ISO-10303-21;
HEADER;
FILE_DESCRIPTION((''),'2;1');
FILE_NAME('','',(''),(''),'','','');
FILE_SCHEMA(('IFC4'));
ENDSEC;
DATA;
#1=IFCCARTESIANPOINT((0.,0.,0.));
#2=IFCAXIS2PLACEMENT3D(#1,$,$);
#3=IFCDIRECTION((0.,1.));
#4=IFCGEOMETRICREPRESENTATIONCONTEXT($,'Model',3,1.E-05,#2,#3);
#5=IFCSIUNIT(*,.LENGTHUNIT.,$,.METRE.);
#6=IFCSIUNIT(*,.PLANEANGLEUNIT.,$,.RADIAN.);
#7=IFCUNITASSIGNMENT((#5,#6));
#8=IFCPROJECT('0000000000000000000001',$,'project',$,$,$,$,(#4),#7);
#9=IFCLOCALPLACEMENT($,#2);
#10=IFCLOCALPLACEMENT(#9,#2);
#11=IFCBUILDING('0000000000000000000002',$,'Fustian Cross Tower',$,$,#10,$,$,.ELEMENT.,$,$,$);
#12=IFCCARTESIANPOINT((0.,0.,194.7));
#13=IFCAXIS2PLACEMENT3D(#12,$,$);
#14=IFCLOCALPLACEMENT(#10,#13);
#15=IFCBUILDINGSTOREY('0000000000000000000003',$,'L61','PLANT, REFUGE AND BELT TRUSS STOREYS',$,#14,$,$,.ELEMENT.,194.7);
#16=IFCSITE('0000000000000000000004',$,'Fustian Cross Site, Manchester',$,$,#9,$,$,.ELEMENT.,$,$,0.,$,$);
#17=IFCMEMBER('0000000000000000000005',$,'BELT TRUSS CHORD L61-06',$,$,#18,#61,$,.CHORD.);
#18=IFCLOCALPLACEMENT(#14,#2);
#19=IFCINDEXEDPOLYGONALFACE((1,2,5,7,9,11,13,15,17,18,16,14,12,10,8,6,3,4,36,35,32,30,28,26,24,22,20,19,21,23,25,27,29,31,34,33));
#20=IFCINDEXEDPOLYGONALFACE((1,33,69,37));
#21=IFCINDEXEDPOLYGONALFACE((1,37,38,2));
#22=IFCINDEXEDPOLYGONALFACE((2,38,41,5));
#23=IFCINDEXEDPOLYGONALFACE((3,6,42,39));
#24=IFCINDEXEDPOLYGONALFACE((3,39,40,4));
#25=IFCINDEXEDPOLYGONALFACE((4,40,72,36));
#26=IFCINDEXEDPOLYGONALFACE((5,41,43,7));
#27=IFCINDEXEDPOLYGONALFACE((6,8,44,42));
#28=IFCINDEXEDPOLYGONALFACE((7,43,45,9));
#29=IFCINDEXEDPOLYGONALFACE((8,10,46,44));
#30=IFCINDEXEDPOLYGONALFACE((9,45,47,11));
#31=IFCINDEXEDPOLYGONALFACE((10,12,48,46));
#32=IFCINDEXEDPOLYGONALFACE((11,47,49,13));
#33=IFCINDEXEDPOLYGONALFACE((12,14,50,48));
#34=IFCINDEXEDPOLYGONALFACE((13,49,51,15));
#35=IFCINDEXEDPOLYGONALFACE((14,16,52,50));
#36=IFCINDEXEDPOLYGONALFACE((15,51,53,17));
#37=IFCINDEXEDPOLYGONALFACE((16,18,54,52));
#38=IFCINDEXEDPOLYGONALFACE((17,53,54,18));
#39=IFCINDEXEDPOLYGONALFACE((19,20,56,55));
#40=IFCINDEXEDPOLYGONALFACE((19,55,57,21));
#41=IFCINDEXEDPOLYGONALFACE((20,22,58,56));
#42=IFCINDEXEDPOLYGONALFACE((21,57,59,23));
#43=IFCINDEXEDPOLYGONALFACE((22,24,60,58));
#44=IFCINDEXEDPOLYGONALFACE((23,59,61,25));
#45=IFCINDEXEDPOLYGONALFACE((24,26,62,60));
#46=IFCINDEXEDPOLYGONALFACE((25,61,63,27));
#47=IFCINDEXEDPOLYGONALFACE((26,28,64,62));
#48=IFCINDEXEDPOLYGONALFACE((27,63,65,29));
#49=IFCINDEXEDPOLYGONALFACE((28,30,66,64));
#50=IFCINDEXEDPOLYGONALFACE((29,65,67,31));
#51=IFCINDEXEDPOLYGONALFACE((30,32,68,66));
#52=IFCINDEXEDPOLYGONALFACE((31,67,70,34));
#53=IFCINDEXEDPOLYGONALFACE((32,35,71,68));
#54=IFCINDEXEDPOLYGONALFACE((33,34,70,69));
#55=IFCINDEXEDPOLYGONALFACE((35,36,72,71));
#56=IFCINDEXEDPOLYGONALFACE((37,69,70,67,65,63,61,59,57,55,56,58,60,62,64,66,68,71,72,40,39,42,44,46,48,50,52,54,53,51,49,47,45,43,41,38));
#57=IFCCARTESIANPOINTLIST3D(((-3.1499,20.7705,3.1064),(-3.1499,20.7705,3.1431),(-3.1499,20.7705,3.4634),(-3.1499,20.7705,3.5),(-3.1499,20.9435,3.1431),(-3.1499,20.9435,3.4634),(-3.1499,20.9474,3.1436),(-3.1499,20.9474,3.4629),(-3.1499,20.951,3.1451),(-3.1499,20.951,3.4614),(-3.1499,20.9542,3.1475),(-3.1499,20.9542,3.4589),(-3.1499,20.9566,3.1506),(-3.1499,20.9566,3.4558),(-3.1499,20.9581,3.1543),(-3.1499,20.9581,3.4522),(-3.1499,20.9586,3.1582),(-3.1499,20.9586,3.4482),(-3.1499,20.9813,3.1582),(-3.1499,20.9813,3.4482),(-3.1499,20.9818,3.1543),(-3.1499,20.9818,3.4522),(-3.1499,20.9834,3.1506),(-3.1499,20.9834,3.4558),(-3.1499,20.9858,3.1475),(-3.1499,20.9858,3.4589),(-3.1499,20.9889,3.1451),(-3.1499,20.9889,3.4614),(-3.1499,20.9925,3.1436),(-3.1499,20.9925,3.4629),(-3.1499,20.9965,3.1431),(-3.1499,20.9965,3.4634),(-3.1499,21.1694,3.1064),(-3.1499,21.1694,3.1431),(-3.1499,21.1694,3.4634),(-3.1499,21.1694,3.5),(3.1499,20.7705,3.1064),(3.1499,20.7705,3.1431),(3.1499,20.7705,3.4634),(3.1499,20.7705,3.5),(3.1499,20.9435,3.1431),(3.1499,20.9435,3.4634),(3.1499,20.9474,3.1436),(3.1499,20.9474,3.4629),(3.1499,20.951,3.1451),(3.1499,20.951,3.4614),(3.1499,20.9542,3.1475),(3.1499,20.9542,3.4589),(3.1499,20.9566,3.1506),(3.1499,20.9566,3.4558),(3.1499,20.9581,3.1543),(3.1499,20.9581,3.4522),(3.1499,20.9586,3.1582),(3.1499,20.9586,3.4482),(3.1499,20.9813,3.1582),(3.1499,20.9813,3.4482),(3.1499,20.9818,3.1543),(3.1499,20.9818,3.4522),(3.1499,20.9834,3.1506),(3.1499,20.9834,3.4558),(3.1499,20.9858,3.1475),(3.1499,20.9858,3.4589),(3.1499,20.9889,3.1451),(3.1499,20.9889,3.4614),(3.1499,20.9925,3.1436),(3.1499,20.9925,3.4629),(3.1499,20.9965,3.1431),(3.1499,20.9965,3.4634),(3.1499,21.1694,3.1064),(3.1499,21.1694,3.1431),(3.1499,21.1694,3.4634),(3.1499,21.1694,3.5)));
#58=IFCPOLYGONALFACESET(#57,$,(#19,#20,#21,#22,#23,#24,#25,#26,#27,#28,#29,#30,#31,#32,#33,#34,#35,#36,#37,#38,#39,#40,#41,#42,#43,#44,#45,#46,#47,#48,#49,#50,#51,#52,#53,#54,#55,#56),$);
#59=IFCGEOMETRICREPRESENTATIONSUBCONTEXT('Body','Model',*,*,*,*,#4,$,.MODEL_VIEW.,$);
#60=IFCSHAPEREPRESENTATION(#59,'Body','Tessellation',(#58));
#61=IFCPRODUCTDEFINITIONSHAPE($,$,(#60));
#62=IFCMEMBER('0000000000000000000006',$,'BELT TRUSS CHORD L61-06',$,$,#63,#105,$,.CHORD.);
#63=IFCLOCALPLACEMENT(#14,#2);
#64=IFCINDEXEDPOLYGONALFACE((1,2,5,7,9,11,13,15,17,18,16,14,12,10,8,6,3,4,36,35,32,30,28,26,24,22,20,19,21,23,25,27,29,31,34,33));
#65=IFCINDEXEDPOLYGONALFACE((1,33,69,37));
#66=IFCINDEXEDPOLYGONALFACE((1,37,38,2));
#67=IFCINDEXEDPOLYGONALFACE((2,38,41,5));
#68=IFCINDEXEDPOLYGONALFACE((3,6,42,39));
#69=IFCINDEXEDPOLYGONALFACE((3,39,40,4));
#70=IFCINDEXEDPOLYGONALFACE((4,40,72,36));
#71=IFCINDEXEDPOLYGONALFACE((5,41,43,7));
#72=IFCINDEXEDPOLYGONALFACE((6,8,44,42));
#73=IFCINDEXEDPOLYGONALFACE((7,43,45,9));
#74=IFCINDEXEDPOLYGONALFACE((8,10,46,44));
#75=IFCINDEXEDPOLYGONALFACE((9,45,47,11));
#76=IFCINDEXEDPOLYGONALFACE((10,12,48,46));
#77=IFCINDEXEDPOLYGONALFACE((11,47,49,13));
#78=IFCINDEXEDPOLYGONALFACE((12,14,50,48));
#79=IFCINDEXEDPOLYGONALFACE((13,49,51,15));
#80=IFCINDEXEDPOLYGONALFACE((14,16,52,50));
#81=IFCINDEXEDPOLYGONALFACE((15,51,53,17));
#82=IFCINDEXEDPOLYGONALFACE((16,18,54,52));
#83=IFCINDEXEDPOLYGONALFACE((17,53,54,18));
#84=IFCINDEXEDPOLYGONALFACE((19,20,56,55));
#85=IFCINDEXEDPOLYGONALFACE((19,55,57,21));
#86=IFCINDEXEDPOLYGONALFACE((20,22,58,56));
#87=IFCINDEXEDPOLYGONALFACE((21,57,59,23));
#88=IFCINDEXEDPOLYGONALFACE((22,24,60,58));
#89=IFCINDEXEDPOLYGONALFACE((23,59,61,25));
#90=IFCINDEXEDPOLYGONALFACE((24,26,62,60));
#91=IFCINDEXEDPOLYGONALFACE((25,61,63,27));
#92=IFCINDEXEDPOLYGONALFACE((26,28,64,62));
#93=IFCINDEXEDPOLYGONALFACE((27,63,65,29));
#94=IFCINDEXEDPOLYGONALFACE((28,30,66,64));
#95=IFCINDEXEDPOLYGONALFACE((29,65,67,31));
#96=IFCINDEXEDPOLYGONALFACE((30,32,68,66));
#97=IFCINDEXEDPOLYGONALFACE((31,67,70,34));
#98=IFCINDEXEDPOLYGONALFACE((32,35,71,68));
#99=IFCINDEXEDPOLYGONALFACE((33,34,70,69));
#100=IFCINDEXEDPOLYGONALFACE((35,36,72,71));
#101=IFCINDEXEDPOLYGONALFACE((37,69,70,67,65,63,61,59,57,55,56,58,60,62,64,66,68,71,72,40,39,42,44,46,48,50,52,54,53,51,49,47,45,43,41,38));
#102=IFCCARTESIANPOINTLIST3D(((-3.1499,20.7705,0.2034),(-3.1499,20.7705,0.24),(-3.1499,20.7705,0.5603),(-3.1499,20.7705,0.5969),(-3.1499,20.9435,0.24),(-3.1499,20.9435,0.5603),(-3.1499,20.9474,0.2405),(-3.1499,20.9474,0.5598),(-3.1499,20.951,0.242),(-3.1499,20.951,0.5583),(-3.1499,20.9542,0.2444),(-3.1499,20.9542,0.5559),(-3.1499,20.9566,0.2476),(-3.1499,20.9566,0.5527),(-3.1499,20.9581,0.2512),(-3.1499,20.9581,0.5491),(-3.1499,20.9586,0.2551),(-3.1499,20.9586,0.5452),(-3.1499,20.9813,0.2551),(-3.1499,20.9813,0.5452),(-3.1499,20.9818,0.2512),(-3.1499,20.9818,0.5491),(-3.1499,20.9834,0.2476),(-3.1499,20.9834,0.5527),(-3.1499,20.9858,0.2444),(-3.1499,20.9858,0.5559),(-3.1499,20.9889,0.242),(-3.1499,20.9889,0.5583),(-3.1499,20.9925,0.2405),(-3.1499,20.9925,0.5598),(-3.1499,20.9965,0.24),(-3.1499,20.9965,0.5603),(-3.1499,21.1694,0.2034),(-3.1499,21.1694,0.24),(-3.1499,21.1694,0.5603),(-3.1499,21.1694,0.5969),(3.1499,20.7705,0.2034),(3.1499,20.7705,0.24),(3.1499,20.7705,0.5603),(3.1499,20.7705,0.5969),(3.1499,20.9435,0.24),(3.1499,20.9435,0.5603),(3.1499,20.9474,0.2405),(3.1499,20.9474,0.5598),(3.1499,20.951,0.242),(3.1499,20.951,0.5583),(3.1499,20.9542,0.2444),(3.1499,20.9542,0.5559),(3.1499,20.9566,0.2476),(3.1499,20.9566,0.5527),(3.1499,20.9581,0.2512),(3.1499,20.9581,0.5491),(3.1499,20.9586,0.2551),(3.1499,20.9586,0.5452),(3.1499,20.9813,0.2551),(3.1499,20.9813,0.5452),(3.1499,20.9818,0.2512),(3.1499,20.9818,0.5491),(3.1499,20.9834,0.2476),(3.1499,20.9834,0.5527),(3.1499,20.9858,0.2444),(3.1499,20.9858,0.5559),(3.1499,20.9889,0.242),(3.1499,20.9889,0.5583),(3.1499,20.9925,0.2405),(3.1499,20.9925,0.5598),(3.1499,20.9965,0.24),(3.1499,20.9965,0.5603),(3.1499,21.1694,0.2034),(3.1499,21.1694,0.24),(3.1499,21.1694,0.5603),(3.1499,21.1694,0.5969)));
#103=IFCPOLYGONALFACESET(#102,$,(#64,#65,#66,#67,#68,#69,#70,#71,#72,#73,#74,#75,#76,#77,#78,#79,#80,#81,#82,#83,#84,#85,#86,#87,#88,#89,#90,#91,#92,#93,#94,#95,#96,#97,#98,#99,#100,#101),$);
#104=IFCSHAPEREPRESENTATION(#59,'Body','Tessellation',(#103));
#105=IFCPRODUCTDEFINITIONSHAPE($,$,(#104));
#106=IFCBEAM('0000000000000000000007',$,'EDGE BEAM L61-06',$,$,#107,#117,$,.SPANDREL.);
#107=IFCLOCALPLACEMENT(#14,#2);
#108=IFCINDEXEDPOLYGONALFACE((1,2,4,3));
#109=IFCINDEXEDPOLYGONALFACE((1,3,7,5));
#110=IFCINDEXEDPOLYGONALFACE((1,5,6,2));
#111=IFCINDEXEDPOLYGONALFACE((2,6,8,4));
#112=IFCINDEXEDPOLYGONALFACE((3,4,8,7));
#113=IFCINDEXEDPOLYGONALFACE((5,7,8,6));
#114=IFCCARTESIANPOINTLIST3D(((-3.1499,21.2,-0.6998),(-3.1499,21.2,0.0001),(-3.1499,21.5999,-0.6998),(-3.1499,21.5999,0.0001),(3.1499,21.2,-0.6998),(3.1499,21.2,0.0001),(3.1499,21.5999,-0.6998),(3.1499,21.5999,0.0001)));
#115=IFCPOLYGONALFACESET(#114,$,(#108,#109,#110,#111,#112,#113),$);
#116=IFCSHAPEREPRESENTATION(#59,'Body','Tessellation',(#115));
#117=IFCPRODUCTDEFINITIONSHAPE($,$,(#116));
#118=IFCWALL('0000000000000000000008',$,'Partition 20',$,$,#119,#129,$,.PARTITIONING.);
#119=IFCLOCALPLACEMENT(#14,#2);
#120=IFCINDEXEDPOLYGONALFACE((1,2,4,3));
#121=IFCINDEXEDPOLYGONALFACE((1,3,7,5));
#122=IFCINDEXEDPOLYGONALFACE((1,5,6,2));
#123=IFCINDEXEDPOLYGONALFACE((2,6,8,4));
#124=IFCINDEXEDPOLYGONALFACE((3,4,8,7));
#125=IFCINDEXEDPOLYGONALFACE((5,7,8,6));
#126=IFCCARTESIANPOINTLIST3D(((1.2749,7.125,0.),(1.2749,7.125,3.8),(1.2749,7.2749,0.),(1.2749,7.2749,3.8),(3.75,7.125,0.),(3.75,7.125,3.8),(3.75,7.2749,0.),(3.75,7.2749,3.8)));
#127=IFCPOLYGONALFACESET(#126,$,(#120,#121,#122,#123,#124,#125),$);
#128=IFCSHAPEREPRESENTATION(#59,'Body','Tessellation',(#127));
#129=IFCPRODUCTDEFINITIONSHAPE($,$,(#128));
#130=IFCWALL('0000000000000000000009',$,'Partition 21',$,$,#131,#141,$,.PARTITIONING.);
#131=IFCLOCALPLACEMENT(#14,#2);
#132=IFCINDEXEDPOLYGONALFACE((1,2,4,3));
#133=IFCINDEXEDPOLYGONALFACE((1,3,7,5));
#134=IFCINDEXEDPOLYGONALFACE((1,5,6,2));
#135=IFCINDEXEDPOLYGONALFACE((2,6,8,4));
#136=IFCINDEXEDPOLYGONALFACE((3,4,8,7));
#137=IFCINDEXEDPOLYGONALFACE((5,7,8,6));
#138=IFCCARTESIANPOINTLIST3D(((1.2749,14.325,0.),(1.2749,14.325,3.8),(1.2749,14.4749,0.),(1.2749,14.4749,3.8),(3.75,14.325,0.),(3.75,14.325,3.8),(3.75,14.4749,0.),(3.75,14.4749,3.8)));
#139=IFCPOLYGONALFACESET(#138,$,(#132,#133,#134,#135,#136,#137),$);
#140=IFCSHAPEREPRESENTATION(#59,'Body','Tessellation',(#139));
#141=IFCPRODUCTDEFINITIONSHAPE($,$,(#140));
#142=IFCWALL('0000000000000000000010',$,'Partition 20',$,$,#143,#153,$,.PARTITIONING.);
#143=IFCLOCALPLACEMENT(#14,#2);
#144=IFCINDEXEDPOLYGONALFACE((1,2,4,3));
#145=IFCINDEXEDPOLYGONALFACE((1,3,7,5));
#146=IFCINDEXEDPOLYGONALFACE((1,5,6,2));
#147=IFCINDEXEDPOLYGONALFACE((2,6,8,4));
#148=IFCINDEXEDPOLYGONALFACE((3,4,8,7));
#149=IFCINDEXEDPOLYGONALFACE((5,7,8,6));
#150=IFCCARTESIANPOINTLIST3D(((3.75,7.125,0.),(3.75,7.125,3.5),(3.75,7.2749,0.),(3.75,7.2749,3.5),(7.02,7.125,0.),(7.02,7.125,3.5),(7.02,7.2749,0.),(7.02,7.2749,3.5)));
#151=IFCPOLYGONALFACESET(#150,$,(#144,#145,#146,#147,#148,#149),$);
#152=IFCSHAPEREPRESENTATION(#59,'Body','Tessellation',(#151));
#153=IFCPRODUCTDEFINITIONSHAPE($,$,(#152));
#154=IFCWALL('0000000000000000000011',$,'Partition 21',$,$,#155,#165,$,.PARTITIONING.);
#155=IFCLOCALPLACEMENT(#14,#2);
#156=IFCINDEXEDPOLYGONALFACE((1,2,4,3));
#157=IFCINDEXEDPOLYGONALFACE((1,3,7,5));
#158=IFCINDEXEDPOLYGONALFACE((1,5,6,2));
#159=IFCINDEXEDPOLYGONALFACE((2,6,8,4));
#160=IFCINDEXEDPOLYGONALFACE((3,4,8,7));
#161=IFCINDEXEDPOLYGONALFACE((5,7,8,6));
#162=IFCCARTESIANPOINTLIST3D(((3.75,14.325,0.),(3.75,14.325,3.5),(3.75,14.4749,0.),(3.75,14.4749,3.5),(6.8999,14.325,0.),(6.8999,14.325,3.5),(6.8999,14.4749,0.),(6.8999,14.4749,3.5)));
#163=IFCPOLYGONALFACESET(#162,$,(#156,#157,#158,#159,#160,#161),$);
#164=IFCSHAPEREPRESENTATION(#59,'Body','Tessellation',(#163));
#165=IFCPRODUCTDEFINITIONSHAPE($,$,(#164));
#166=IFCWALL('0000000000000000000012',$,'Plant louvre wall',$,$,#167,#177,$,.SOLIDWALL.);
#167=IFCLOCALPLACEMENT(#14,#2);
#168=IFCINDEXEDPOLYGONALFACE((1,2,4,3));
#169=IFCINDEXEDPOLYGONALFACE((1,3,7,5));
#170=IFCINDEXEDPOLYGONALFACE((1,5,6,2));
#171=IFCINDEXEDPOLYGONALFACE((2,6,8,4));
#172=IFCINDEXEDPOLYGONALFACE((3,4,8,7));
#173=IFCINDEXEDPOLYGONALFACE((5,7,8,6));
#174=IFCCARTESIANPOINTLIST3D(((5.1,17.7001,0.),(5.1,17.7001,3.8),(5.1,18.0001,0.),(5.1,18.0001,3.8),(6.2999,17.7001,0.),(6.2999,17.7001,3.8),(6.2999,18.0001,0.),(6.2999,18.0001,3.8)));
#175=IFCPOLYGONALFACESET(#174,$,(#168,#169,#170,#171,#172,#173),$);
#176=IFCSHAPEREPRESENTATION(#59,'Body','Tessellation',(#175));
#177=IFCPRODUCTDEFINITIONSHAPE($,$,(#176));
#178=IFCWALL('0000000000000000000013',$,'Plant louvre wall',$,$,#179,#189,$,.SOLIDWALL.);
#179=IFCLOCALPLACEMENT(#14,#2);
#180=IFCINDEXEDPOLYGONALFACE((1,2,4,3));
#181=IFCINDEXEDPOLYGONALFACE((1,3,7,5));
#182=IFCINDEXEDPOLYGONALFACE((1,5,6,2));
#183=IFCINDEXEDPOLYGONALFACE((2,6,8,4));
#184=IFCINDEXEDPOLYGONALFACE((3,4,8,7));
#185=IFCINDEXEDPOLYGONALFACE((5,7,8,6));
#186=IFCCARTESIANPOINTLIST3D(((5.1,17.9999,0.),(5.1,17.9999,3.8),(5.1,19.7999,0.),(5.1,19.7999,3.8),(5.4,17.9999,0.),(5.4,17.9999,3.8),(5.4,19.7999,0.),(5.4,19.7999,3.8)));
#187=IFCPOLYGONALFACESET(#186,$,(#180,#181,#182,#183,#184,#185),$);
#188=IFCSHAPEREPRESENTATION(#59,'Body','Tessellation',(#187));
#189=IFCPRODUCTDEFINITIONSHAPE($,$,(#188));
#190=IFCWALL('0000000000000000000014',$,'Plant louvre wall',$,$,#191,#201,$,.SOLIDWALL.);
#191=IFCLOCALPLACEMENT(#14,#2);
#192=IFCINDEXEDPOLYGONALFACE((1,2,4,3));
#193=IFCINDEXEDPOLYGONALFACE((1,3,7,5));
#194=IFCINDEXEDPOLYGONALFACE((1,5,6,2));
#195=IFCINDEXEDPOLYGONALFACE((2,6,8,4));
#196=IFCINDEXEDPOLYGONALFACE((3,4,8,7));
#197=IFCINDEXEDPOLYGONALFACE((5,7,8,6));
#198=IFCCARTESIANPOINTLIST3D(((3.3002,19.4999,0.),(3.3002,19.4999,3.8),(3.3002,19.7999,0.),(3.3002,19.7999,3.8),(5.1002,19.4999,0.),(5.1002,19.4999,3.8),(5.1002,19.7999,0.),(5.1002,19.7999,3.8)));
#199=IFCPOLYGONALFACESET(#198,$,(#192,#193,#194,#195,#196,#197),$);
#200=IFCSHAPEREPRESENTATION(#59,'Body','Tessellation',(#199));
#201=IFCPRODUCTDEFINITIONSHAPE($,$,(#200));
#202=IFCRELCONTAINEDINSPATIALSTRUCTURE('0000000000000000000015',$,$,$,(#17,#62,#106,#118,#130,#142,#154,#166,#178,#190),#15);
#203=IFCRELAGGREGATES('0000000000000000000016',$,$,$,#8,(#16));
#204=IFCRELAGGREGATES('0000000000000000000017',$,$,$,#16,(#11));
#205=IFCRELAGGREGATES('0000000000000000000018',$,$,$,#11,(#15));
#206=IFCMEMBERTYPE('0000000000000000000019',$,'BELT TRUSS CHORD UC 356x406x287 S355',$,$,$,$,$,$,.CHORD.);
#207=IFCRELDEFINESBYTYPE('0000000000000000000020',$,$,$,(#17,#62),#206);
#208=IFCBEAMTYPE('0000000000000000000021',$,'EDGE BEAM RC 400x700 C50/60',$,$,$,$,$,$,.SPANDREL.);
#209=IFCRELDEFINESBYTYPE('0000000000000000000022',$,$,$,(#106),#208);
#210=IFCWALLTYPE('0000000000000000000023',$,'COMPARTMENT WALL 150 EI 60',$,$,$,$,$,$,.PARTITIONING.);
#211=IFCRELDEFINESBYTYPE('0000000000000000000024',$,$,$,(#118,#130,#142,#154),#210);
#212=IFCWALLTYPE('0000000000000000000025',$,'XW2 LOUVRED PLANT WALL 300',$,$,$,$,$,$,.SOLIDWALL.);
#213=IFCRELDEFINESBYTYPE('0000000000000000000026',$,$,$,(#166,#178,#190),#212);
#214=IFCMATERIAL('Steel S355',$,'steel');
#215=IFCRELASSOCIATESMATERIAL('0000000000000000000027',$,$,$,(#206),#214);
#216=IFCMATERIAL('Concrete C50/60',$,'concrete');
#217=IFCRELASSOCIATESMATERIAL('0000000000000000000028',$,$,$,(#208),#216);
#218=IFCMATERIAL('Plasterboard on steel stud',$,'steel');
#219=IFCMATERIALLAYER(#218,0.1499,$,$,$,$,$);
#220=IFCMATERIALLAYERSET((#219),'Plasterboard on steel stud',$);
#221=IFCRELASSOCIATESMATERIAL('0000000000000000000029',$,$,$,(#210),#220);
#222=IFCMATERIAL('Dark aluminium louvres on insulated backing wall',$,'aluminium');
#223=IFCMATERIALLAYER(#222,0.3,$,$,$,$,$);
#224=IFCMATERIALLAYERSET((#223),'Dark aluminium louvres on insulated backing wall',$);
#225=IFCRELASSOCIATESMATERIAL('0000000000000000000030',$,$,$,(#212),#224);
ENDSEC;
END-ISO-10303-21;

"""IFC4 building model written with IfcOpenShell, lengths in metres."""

from ifc_helpers import new_model, si_unit, direction, frame, frame_2d, origin, origin_2d, place, context, subcontext, project, spatial, rectangle, i_section, extrude, material, layer, layer_set, material_profile, profile_set, type_object, element, save


model = new_model("IFC4")

# Units and contexts
model_context = context("Model", 3, precision=1e-05, world=origin(), true_north=direction((0.0, 1.0)))
body_context = subcontext(model_context, "Body", "Model", "MODEL_VIEW")
ifc_project = project(units=[si_unit("LENGTHUNIT", "METRE"), si_unit("PLANEANGLEUNIT", "RADIAN")], contexts=[model_context])

# Site, building, storey
site_placement = place(None, origin())
site = spatial("IfcSite", under=ifc_project, at=site_placement, Name="Fustian Cross Site, Manchester", CompositionType="ELEMENT", RefElevation=0.0)
building_placement = place(site_placement, origin())
building = spatial("IfcBuilding", under=site, at=building_placement, Name="Fustian Cross Tower", CompositionType="ELEMENT")
storey_placement = place(building_placement, frame((0.0, 0.0, 194.7)))
storey = spatial("IfcBuildingStorey", under=building, at=storey_placement, Name="L61", Description="PLANT, REFUGE AND BELT TRUSS STOREYS", CompositionType="ELEMENT", Elevation=194.7)

# Members
ifc_material_1 = material(Name="Steel S355", Category="steel")
ifc_material_profile_1 = material_profile(ifc_material_1, i_section(OverallWidth=0.3989, OverallDepth=0.3936, WebThickness=0.0227, FlangeThickness=0.0366, FilletRadius=0.0151, at=origin_2d()), Name="UC 356x406x287")
ifc_profile_set_1 = profile_set([ifc_material_profile_1], Name="Steel S355")
member_type_1 = type_object("IfcMemberType", Name="BELT TRUSS CHORD UC 356x406x287 S355", PredefinedType="CHORD", material=ifc_profile_set_1)
for number, where, z_axis, x_axis, name in (
    (1, (3.1499, 20.97, 3.3032), (-1.0, 0.0, 0.0), (0.0, -1.0, 0.0), "BELT TRUSS CHORD L61-06"),
    (2, (3.1499, 20.97, 0.4001), (-1.0, 0.0, 0.0), (0.0, -1.0, 0.0), "BELT TRUSS CHORD L61-06"),
):
    element("IfcMember", number, at=place(storey_placement, frame(where, z_axis=z_axis, x_axis=x_axis)), inside=storey, type_object=member_type_1, Name=name, PredefinedType="CHORD", context=body_context, shape_type="SweptSolid", body=[
        extrude(i_section(OverallWidth=0.3989, OverallDepth=0.3936, WebThickness=0.0227, FlangeThickness=0.0366, FilletRadius=0.0151, at=origin_2d()), origin(), (0.0, 0.0, 1.0), 6.2998),
    ])

# Beam
ifc_material_2 = material(Name="Concrete C50/60", Category="concrete")
ifc_material_profile_2 = material_profile(ifc_material_2, rectangle(XDim=0.3999, YDim=0.7, at=origin_2d()), Name="RC 400x700")
ifc_profile_set_2 = profile_set([ifc_material_profile_2], Name="Concrete C50/60")
beam_type = type_object("IfcBeamType", Name="EDGE BEAM RC 400x700 C50/60", PredefinedType="SPANDREL", material=ifc_profile_set_2)
beam_placement = place(storey_placement, frame((3.1499, 21.3999, -0.3499), z_axis=(-1.0, 0.0, 0.0), x_axis=(0.0, -1.0, 0.0)))
element("IfcBeam", 3, at=beam_placement, inside=storey, type_object=beam_type, Name="EDGE BEAM L61-06", PredefinedType="SPANDREL", context=body_context, shape_type="SweptSolid", body=[
    extrude(rectangle(XDim=0.3999, YDim=0.7, at=origin_2d()), origin(), (0.0, 0.0, 1.0), 6.2998),
])

# Walls
ifc_material_3 = material(Name="Plasterboard on steel stud", Category="steel")
ifc_layer_1 = layer(ifc_material_3, 0.1499)
ifc_layer_set_1 = layer_set([ifc_layer_1], Name="Plasterboard on steel stud")
wall_type_1 = type_object("IfcWallType", Name="COMPARTMENT WALL 150 EI 60", PredefinedType="PARTITIONING", material=ifc_layer_set_1)
for number, where, z_axis, x_axis, name in (
    (4, (1.2749, 7.2, 0.0), (0.0, 0.0, 1.0), (1.0, 0.0, 0.0), "Partition 20"),
    (5, (1.2749, 14.3999, 0.0), (0.0, 0.0, 1.0), (1.0, 0.0, 0.0), "Partition 21"),
):
    element("IfcWall", number, at=place(storey_placement, frame(where, z_axis=z_axis, x_axis=x_axis)), inside=storey, type_object=wall_type_1, Name=name, PredefinedType="PARTITIONING", context=body_context, shape_type="SweptSolid", body=[
        extrude(rectangle(XDim=2.4751, YDim=0.1499, at=frame_2d((1.2375, 0.0))), origin(), (0.0, 0.0, 1.0), 3.8),
    ])
wall_1_placement = place(storey_placement, frame((3.75, 7.2, 0.0), z_axis=(0.0, 0.0, 1.0), x_axis=(1.0, 0.0, 0.0)))
element("IfcWall", 6, at=wall_1_placement, inside=storey, type_object=wall_type_1, Name="Partition 20", PredefinedType="PARTITIONING", context=body_context, shape_type="SweptSolid", body=[
    extrude(rectangle(XDim=3.27, YDim=0.1499, at=frame_2d((1.635, 0.0))), origin(), (0.0, 0.0, 1.0), 3.5),
])
wall_2_placement = place(storey_placement, frame((3.75, 14.3999, 0.0), z_axis=(0.0, 0.0, 1.0), x_axis=(1.0, 0.0, 0.0)))
element("IfcWall", 7, at=wall_2_placement, inside=storey, type_object=wall_type_1, Name="Partition 21", PredefinedType="PARTITIONING", context=body_context, shape_type="SweptSolid", body=[
    extrude(rectangle(XDim=3.1499, YDim=0.1499, at=frame_2d((1.575, 0.0))), origin(), (0.0, 0.0, 1.0), 3.5),
])
ifc_material_4 = material(Name="Dark aluminium louvres on insulated backing wall", Category="aluminium")
ifc_layer_2 = layer(ifc_material_4, 0.3)
ifc_layer_set_2 = layer_set([ifc_layer_2], Name="Dark aluminium louvres on insulated backing wall")
wall_type_2 = type_object("IfcWallType", Name="XW2 LOUVRED PLANT WALL 300", PredefinedType="SOLIDWALL", material=ifc_layer_set_2)
wall_3_placement = place(storey_placement, frame((6.3, 17.8501, 0.0), z_axis=(0.0, 0.0, 1.0), x_axis=(-1.0, 0.0, 0.0)))
element("IfcWall", 8, at=wall_3_placement, inside=storey, type_object=wall_type_2, Name="Plant louvre wall", PredefinedType="SOLIDWALL", context=body_context, shape_type="SweptSolid", body=[
    extrude(rectangle(XDim=1.2, YDim=0.3, at=frame_2d((0.6001, 0.0))), origin(), (0.0, 0.0, 1.0), 3.8),
])
for number, where, z_axis, x_axis, name in (
    (9, (5.25, 18.0, 0.0), (0.0, 0.0, 1.0), (0.0, 1.0, 0.0), "Plant louvre wall"),
    (10, (5.1001, 19.6499, 0.0), (0.0, 0.0, 1.0), (-1.0, 0.0, 0.0), "Plant louvre wall"),
):
    element("IfcWall", number, at=place(storey_placement, frame(where, z_axis=z_axis, x_axis=x_axis)), inside=storey, type_object=wall_type_2, Name=name, PredefinedType="SOLIDWALL", context=body_context, shape_type="SweptSolid", body=[
        extrude(rectangle(XDim=1.8, YDim=0.3, at=frame_2d((0.8999, 0.0))), origin(), (0.0, 0.0, 1.0), 3.8),
    ])

save(model, "model.ifc")
